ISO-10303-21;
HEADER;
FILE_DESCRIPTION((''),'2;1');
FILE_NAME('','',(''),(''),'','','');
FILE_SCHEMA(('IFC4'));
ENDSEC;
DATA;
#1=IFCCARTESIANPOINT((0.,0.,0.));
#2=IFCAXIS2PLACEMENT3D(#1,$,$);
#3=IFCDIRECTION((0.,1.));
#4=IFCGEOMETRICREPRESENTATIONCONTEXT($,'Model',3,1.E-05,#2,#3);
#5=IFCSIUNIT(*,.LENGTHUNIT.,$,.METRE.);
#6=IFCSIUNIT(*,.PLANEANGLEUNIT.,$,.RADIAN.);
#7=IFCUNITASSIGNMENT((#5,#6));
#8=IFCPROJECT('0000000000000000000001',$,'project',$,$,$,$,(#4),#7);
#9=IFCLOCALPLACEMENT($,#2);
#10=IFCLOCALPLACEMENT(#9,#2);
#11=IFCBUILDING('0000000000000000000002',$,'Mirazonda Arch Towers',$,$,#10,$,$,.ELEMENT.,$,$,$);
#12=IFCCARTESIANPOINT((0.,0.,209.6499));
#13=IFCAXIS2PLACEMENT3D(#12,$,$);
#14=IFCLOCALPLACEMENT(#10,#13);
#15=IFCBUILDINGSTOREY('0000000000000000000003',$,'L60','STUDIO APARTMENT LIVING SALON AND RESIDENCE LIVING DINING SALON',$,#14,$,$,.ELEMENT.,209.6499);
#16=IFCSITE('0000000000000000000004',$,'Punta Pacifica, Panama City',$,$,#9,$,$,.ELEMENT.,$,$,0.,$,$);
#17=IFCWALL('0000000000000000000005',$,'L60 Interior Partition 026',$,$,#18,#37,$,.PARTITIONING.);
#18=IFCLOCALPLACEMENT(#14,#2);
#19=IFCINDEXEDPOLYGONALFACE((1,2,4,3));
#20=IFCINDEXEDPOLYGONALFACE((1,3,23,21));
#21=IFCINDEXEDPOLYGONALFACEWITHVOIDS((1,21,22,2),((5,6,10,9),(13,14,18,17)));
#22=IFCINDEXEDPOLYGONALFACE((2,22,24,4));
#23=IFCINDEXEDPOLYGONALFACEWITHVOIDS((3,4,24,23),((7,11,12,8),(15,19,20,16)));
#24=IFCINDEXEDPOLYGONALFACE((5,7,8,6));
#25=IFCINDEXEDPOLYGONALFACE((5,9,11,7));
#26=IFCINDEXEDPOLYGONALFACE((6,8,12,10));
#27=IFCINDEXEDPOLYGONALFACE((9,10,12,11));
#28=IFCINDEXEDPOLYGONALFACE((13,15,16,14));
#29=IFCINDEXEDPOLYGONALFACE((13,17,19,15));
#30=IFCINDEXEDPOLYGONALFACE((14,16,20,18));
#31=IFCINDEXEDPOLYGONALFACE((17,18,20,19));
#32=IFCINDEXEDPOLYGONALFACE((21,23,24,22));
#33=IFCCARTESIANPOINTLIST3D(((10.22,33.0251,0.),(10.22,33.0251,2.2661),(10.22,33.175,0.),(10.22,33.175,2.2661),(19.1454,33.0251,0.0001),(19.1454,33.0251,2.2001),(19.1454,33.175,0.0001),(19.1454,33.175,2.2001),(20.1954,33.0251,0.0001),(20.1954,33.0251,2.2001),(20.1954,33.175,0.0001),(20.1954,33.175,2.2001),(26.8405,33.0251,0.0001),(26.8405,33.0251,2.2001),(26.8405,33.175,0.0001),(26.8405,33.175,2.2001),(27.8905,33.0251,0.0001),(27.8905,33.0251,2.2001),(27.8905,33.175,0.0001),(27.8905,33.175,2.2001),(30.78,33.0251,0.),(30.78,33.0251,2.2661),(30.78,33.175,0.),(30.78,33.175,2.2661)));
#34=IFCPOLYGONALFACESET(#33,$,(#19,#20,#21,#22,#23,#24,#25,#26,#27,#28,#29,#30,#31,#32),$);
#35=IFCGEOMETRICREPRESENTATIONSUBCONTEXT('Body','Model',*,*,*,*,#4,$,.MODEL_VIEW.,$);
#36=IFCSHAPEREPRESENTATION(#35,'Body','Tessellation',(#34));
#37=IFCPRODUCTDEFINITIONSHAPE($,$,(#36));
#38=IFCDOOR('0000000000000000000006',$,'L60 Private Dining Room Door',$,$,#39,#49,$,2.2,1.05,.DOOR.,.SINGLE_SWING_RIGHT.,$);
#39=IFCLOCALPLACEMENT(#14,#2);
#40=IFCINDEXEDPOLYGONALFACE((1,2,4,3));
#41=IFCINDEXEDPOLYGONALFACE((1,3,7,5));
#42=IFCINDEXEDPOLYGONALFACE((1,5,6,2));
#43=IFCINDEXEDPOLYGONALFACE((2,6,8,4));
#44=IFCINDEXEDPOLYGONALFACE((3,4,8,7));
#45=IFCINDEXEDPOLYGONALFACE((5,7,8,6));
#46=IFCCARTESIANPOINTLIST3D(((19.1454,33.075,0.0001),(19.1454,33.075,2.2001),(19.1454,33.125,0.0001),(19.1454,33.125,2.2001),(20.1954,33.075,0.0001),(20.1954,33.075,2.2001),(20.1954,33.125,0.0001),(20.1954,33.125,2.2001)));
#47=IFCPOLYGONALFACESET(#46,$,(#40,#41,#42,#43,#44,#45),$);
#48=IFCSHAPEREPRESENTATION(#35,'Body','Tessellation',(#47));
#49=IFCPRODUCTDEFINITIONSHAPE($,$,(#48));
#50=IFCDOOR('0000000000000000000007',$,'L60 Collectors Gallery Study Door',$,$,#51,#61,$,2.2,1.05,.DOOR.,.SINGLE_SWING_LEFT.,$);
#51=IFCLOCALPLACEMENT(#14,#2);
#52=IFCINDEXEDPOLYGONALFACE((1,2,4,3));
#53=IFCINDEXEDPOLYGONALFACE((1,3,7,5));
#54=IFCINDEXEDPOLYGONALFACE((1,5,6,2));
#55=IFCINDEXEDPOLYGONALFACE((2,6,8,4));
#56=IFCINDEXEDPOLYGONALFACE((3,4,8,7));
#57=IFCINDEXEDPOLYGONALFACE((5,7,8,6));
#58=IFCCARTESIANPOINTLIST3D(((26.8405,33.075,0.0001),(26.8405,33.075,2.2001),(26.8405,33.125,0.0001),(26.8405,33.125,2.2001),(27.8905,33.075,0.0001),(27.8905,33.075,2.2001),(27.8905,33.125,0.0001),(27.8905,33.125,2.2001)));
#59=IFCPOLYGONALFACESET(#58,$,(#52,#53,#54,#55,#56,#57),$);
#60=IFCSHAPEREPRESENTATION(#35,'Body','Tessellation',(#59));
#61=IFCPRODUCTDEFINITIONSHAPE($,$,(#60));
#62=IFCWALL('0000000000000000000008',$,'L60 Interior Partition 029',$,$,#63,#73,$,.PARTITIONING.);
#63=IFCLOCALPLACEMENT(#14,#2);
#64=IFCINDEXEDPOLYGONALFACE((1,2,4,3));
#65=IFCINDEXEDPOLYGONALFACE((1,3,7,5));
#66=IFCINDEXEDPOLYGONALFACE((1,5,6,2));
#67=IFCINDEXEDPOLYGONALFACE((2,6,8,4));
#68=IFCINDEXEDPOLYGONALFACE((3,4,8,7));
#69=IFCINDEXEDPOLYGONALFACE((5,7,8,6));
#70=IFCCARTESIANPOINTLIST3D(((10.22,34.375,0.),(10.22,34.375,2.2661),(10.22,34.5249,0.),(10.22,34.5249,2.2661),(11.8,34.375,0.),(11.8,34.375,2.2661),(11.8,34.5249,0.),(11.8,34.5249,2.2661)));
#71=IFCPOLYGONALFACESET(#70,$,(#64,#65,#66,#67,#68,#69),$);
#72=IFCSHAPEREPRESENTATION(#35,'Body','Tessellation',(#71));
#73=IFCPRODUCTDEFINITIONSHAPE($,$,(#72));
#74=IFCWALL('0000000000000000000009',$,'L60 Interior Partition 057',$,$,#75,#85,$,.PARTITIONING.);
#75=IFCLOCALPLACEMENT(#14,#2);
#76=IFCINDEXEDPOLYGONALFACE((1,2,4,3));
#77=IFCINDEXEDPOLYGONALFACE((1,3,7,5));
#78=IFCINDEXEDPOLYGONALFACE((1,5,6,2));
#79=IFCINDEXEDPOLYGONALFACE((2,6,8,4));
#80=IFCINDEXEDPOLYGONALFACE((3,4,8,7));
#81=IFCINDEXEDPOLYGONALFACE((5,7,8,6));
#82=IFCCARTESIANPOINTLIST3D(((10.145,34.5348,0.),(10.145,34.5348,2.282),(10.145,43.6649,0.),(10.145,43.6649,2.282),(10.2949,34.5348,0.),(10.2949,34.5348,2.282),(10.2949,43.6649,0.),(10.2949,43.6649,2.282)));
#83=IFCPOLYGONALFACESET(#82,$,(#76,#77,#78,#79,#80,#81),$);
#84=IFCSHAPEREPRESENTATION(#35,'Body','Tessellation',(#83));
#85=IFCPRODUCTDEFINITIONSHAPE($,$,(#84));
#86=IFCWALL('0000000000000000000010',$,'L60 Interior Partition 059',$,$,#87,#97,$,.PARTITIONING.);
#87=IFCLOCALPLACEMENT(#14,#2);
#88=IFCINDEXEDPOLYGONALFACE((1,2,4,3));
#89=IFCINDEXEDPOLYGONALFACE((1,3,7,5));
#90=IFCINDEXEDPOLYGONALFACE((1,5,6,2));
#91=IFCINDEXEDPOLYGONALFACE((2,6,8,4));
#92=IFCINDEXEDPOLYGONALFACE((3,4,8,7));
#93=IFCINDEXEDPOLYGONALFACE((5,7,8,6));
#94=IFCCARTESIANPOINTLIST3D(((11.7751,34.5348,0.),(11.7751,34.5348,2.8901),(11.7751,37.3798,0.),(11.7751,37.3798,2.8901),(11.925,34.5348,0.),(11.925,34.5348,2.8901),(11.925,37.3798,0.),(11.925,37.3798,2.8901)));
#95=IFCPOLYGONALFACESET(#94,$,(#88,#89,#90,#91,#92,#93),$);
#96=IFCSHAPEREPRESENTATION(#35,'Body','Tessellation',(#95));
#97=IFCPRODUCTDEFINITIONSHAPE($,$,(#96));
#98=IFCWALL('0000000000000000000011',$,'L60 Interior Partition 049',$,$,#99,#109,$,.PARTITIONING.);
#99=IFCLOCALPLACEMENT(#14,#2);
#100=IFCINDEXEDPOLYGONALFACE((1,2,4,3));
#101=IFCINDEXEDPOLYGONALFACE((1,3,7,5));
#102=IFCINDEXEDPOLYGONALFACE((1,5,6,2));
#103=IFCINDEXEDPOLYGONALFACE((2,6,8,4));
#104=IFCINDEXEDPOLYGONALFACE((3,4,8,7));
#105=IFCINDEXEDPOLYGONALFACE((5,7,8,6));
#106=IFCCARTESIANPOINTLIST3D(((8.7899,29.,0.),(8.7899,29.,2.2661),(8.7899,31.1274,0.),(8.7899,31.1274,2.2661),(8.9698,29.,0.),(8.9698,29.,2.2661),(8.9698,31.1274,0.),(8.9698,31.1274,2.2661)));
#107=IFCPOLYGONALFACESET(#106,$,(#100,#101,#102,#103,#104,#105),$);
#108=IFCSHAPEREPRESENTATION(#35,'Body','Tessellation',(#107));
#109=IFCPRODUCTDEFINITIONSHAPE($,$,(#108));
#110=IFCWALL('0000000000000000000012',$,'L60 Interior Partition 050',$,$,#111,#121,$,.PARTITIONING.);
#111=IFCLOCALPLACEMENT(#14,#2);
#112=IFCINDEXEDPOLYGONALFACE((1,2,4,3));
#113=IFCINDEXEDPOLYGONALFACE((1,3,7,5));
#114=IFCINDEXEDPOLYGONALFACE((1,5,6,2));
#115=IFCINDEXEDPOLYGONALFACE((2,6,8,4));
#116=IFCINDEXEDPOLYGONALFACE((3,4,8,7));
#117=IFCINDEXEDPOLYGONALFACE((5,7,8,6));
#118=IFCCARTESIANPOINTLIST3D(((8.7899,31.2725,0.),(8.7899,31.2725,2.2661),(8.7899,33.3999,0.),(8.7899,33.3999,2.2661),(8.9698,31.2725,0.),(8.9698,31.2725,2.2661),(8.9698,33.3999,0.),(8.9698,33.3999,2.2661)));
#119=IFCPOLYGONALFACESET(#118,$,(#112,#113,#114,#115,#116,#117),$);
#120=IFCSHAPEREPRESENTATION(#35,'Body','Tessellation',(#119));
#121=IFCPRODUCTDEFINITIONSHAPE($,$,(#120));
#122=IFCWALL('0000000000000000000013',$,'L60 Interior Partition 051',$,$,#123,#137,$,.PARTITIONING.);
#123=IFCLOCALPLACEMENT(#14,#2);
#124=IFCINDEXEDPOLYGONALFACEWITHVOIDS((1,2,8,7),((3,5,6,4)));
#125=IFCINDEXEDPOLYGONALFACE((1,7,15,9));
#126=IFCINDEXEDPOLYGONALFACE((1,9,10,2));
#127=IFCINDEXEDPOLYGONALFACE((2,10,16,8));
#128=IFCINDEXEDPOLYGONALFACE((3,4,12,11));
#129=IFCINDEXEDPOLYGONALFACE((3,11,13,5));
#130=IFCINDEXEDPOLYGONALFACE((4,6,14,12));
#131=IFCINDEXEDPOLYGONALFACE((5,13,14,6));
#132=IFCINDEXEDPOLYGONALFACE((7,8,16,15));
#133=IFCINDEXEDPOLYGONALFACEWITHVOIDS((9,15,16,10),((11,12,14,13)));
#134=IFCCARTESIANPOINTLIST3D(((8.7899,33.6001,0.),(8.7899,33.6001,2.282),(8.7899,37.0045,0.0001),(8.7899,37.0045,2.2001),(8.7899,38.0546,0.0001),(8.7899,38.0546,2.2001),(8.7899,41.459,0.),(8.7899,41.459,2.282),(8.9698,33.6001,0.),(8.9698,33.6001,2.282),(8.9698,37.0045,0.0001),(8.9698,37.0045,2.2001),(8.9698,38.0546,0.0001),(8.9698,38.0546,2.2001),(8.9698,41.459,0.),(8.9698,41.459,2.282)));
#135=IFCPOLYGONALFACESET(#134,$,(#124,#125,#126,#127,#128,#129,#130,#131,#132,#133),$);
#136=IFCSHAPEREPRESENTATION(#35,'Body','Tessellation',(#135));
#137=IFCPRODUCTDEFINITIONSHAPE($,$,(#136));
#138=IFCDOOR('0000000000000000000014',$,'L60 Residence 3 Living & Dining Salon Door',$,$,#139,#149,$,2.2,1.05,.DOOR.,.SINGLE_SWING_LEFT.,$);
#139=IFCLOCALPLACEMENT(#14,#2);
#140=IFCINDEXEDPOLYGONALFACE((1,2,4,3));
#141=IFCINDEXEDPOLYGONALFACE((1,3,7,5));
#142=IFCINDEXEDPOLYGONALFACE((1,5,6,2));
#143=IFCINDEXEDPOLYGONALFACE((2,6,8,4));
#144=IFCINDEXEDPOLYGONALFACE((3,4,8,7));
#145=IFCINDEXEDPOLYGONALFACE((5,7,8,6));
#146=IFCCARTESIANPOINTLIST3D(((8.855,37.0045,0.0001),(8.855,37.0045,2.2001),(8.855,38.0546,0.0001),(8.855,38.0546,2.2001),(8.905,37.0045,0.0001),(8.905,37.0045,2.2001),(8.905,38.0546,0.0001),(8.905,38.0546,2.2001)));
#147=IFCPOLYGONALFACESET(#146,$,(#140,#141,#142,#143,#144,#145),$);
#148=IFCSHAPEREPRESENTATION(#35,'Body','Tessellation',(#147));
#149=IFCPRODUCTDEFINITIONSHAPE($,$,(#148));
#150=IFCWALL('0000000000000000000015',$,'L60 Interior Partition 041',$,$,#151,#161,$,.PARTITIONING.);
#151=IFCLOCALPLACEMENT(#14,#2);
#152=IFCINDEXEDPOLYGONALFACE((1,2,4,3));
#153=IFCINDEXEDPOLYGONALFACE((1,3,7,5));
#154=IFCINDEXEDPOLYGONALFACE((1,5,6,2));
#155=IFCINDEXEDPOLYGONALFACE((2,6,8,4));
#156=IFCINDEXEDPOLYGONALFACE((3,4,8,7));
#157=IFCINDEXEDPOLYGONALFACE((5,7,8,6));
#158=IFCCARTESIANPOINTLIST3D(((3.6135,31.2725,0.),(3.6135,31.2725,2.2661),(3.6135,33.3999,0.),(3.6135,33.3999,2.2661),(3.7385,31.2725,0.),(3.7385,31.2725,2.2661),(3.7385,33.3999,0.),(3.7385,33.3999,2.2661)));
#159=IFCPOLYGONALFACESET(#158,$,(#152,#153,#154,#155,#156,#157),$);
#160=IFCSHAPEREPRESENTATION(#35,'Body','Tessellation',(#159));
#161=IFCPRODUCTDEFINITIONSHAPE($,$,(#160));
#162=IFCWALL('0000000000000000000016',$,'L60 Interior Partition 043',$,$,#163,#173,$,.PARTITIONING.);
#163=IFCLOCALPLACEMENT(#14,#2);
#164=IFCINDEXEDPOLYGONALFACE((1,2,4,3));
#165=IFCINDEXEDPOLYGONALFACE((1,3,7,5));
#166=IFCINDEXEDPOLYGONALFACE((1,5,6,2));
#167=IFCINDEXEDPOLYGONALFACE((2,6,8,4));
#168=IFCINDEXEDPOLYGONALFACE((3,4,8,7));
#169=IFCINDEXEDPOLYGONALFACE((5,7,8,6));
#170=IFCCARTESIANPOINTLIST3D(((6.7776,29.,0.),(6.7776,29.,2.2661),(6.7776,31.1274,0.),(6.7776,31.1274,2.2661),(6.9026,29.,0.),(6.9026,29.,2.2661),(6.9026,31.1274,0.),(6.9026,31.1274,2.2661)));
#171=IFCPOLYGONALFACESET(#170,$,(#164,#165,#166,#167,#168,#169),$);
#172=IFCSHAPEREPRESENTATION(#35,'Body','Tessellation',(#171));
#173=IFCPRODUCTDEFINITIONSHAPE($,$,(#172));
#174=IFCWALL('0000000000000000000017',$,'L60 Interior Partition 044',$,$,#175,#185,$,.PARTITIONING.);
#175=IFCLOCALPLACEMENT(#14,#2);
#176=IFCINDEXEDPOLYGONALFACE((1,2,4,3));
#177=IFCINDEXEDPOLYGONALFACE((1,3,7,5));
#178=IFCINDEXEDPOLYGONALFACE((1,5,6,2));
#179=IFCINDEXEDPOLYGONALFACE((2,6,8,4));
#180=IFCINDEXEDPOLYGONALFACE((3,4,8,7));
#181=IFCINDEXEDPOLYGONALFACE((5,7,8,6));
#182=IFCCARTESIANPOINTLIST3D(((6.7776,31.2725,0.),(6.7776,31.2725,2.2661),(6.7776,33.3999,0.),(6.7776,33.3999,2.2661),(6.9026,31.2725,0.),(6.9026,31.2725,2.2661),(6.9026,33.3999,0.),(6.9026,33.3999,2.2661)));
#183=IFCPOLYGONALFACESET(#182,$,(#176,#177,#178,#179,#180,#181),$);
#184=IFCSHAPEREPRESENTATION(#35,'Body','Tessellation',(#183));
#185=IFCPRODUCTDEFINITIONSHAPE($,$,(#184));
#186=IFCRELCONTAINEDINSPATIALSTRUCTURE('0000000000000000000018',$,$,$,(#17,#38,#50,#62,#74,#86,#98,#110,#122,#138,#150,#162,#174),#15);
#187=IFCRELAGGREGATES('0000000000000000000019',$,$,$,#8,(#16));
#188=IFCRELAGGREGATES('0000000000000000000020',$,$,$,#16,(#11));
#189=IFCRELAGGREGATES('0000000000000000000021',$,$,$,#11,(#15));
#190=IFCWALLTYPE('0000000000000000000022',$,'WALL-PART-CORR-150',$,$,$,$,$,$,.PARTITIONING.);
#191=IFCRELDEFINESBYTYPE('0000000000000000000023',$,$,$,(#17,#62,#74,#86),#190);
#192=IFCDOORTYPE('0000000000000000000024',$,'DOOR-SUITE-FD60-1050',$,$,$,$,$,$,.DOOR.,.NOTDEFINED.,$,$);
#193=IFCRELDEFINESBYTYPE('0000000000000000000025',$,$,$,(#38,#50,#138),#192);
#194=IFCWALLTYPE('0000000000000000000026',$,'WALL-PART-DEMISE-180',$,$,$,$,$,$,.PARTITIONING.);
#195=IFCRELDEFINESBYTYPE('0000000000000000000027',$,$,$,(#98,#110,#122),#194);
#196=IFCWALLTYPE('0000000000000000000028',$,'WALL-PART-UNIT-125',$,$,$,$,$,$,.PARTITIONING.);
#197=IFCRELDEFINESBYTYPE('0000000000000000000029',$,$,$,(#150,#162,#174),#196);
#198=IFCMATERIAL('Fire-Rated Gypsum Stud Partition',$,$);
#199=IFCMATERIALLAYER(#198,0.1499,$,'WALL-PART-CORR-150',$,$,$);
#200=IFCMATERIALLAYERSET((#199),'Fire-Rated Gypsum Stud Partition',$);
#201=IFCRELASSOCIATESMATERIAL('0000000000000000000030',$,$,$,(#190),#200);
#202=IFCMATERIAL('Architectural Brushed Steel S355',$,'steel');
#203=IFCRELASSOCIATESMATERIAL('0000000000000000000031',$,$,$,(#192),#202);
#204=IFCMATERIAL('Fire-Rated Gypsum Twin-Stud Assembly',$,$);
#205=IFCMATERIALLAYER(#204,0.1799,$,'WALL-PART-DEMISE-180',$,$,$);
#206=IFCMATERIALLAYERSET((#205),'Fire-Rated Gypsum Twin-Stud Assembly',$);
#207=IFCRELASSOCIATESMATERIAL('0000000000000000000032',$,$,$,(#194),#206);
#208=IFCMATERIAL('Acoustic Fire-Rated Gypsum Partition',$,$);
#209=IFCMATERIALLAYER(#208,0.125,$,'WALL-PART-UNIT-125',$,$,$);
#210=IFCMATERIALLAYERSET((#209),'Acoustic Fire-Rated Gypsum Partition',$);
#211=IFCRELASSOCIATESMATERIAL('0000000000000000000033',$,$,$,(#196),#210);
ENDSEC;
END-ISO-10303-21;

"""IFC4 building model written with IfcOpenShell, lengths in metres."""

from ifc_helpers import new_model, si_unit, direction, frame, frame_2d, origin, place, context, subcontext, project, spatial, rectangle, extrude, material, layer, layer_set, type_object, element, fill, save


model = new_model("IFC4")

# Units and contexts
model_context = context("Model", 3, precision=1e-05, world=origin(), true_north=direction((0.0, 1.0)))
body_context = subcontext(model_context, "Body", "Model", "MODEL_VIEW")
ifc_project = project(units=[si_unit("LENGTHUNIT", "METRE"), si_unit("PLANEANGLEUNIT", "RADIAN")], contexts=[model_context])

# Site, building, storey
site_placement = place(None, origin())
site = spatial("IfcSite", under=ifc_project, at=site_placement, Name="Punta Pacifica, Panama City", CompositionType="ELEMENT", RefElevation=0.0)
building_placement = place(site_placement, origin())
building = spatial("IfcBuilding", under=site, at=building_placement, Name="Mirazonda Arch Towers", CompositionType="ELEMENT")
storey_placement = place(building_placement, frame((0.0, 0.0, 209.6499)))
storey = spatial("IfcBuildingStorey", under=building, at=storey_placement, Name="L60", Description="STUDIO APARTMENT LIVING SALON AND RESIDENCE LIVING DINING SALON", CompositionType="ELEMENT", Elevation=209.6499)

# Shared definitions
ifc_material_1 = material(Name="Architectural Brushed Steel S355", Category="steel")

# Shared definitions
ifc_material_2 = material(Name="Fire-Rated Gypsum Stud Partition")
ifc_layer_1 = layer(ifc_material_2, 0.1499, Name="WALL-PART-CORR-150")
ifc_layer_set_1 = layer_set([ifc_layer_1], Name="Fire-Rated Gypsum Stud Partition")
wall_type_1 = type_object("IfcWallType", Name="WALL-PART-CORR-150", PredefinedType="PARTITIONING", material=ifc_layer_set_1)

# Wall, openings, doors
wall_1_placement = place(storey_placement, frame((10.22, 33.1001, 0.0), z_axis=(0.0, 0.0, 1.0), x_axis=(1.0, 0.0, 0.0)))
wall_1 = element("IfcWall", 1, at=wall_1_placement, inside=storey, type_object=wall_type_1, Name="L60 Interior Partition 026", PredefinedType="PARTITIONING", context=body_context, shape_type="SweptSolid", body=[
    extrude(rectangle(XDim=20.5601, YDim=0.1499, at=frame_2d((10.28, 0.0))), origin(), (0.0, 0.0, 1.0), 2.2661),
])
opening_1_placement = place(wall_1_placement, frame((8.9255, 0.0, 0.0)))
opening_1 = element("IfcOpeningElement", 2, at=opening_1_placement, cuts=wall_1, PredefinedType="OPENING", context=body_context, shape_type="SweptSolid", body=[
    extrude(rectangle(XDim=1.05, YDim=2.2, at=frame_2d((0.5249, 1.1001))), frame((0.0, 0.085, 0.0), z_axis=(0.0, -1.0, 0.0), x_axis=(1.0, 0.0, 0.0)), (0.0, 0.0, 1.0), 0.1699),
])
opening_2_placement = place(wall_1_placement, frame((16.6206, 0.0, 0.0)))
opening_2 = element("IfcOpeningElement", 3, at=opening_2_placement, cuts=wall_1, PredefinedType="OPENING", context=body_context, shape_type="SweptSolid", body=[
    extrude(rectangle(XDim=1.05, YDim=2.2, at=frame_2d((0.5249, 1.1001))), frame((0.0, 0.085, 0.0), z_axis=(0.0, -1.0, 0.0), x_axis=(1.0, 0.0, 0.0)), (0.0, 0.0, 1.0), 0.1699),
])
door_type_1 = type_object("IfcDoorType", Name="DOOR-SUITE-FD60-1050", OperationType="NOTDEFINED", PredefinedType="DOOR", material=ifc_material_1)
door_1_placement = place(opening_1_placement, origin())
door_1 = element("IfcDoor", 4, at=door_1_placement, inside=storey, type_object=door_type_1, Name="L60 Private Dining Room Door", OperationType="SINGLE_SWING_RIGHT", OverallHeight=2.2, OverallWidth=1.05, PredefinedType="DOOR", context=body_context, shape_type="SweptSolid", body=[
    extrude(rectangle(XDim=1.05, YDim=2.2, at=frame_2d((0.5249, 1.1001))), frame((0.0, 0.0249, 0.0), z_axis=(0.0, -1.0, 0.0), x_axis=(1.0, 0.0, 0.0)), (0.0, 0.0, 1.0), 0.05),
])
fill(opening_1, door_1)
door_2_placement = place(opening_2_placement, origin())
door_2 = element("IfcDoor", 5, at=door_2_placement, inside=storey, type_object=door_type_1, Name="L60 Collectors Gallery Study Door", OperationType="SINGLE_SWING_LEFT", OverallHeight=2.2, OverallWidth=1.05, PredefinedType="DOOR", context=body_context, shape_type="SweptSolid", body=[
    extrude(rectangle(XDim=1.05, YDim=2.2, at=frame_2d((0.5249, 1.1001))), frame((0.0, 0.0249, 0.0), z_axis=(0.0, -1.0, 0.0), x_axis=(1.0, 0.0, 0.0)), (0.0, 0.0, 1.0), 0.05),
])
fill(opening_2, door_2)

# Walls
wall_2_placement = place(storey_placement, frame((10.22, 34.45, 0.0), z_axis=(0.0, 0.0, 1.0), x_axis=(1.0, 0.0, 0.0)))
element("IfcWall", 6, at=wall_2_placement, inside=storey, type_object=wall_type_1, Name="L60 Interior Partition 029", PredefinedType="PARTITIONING", context=body_context, shape_type="SweptSolid", body=[
    extrude(rectangle(XDim=1.5801, YDim=0.1499, at=frame_2d((0.79, 0.0))), origin(), (0.0, 0.0, 1.0), 2.2661),
])
wall_3_placement = place(storey_placement, frame((10.22, 34.5349, 0.0), z_axis=(0.0, 0.0, 1.0), x_axis=(0.0, 1.0, 0.0)))
element("IfcWall", 7, at=wall_3_placement, inside=storey, type_object=wall_type_1, Name="L60 Interior Partition 057", PredefinedType="PARTITIONING", context=body_context, shape_type="SweptSolid", body=[
    extrude(rectangle(XDim=9.1301, YDim=0.1499, at=frame_2d((4.5649, 0.0))), origin(), (0.0, 0.0, 1.0), 2.282),
])
wall_4_placement = place(storey_placement, frame((11.8501, 34.5349, 0.0), z_axis=(0.0, 0.0, 1.0), x_axis=(0.0, 1.0, 0.0)))
element("IfcWall", 8, at=wall_4_placement, inside=storey, type_object=wall_type_1, Name="L60 Interior Partition 059", PredefinedType="PARTITIONING", context=body_context, shape_type="SweptSolid", body=[
    extrude(rectangle(XDim=2.845, YDim=0.1499, at=frame_2d((1.4224, 0.0))), origin(), (0.0, 0.0, 1.0), 2.8901),
])
ifc_material_3 = material(Name="Fire-Rated Gypsum Twin-Stud Assembly")
ifc_layer_2 = layer(ifc_material_3, 0.1799, Name="WALL-PART-DEMISE-180")
ifc_layer_set_2 = layer_set([ifc_layer_2], Name="Fire-Rated Gypsum Twin-Stud Assembly")
wall_type_2 = type_object("IfcWallType", Name="WALL-PART-DEMISE-180", PredefinedType="PARTITIONING", material=ifc_layer_set_2)
for number, where, z_axis, x_axis, name in (
    (9, (8.8799, 29.0, 0.0), (0.0, 0.0, 1.0), (0.0, 1.0, 0.0), "L60 Interior Partition 049"),
    (10, (8.8799, 31.2725, 0.0), (0.0, 0.0, 1.0), (0.0, 1.0, 0.0), "L60 Interior Partition 050"),
):
    element("IfcWall", number, at=place(storey_placement, frame(where, z_axis=z_axis, x_axis=x_axis)), inside=storey, type_object=wall_type_2, Name=name, PredefinedType="PARTITIONING", context=body_context, shape_type="SweptSolid", body=[
        extrude(rectangle(XDim=2.1274, YDim=0.1799, at=frame_2d((1.0637, 0.0))), origin(), (0.0, 0.0, 1.0), 2.2661),
    ])

# Wall, opening, door
wall_5_placement = place(storey_placement, frame((8.8799, 33.6001, 0.0), z_axis=(0.0, 0.0, 1.0), x_axis=(0.0, 1.0, 0.0)))
wall_5 = element("IfcWall", 11, at=wall_5_placement, inside=storey, type_object=wall_type_2, Name="L60 Interior Partition 051", PredefinedType="PARTITIONING", context=body_context, shape_type="SweptSolid", body=[
    extrude(rectangle(XDim=7.8589, YDim=0.1799, at=frame_2d((3.9294, 0.0))), origin(), (0.0, 0.0, 1.0), 2.282),
])
opening_3_placement = place(wall_5_placement, frame((3.4045, 0.0, 0.0)))
opening_3 = element("IfcOpeningElement", 12, at=opening_3_placement, cuts=wall_5, PredefinedType="OPENING", context=body_context, shape_type="SweptSolid", body=[
    extrude(rectangle(XDim=1.05, YDim=2.2, at=frame_2d((0.5249, 1.1001))), frame((0.0, 0.0999, 0.0), z_axis=(0.0, -1.0, 0.0), x_axis=(1.0, 0.0, 0.0)), (0.0, 0.0, 1.0), 0.2),
])
door_3_placement = place(opening_3_placement, origin())
door_3 = element("IfcDoor", 13, at=door_3_placement, inside=storey, type_object=door_type_1, Name="L60 Residence 3 Living & Dining Salon Door", OperationType="SINGLE_SWING_LEFT", OverallHeight=2.2, OverallWidth=1.05, PredefinedType="DOOR", context=body_context, shape_type="SweptSolid", body=[
    extrude(rectangle(XDim=1.05, YDim=2.2, at=frame_2d((0.5249, 1.1001))), frame((0.0, 0.0249, 0.0), z_axis=(0.0, -1.0, 0.0), x_axis=(1.0, 0.0, 0.0)), (0.0, 0.0, 1.0), 0.05),
])
fill(opening_3, door_3)

# Walls
ifc_material_4 = material(Name="Acoustic Fire-Rated Gypsum Partition")
ifc_layer_3 = layer(ifc_material_4, 0.125, Name="WALL-PART-UNIT-125")
ifc_layer_set_3 = layer_set([ifc_layer_3], Name="Acoustic Fire-Rated Gypsum Partition")
wall_type_3 = type_object("IfcWallType", Name="WALL-PART-UNIT-125", PredefinedType="PARTITIONING", material=ifc_layer_set_3)
for number, where, z_axis, x_axis, name in (
    (14, (3.676, 31.2725, 0.0), (0.0, 0.0, 1.0), (0.0, 1.0, 0.0), "L60 Interior Partition 041"),
    (15, (6.8401, 29.0, 0.0), (0.0, 0.0, 1.0), (0.0, 1.0, 0.0), "L60 Interior Partition 043"),
    (16, (6.8401, 31.2725, 0.0), (0.0, 0.0, 1.0), (0.0, 1.0, 0.0), "L60 Interior Partition 044"),
):
    element("IfcWall", number, at=place(storey_placement, frame(where, z_axis=z_axis, x_axis=x_axis)), inside=storey, type_object=wall_type_3, Name=name, PredefinedType="PARTITIONING", context=body_context, shape_type="SweptSolid", body=[
        extrude(rectangle(XDim=2.1274, YDim=0.125, at=frame_2d((1.0637, 0.0))), origin(), (0.0, 0.0, 1.0), 2.2661),
    ])

save(model, "model.ifc")
